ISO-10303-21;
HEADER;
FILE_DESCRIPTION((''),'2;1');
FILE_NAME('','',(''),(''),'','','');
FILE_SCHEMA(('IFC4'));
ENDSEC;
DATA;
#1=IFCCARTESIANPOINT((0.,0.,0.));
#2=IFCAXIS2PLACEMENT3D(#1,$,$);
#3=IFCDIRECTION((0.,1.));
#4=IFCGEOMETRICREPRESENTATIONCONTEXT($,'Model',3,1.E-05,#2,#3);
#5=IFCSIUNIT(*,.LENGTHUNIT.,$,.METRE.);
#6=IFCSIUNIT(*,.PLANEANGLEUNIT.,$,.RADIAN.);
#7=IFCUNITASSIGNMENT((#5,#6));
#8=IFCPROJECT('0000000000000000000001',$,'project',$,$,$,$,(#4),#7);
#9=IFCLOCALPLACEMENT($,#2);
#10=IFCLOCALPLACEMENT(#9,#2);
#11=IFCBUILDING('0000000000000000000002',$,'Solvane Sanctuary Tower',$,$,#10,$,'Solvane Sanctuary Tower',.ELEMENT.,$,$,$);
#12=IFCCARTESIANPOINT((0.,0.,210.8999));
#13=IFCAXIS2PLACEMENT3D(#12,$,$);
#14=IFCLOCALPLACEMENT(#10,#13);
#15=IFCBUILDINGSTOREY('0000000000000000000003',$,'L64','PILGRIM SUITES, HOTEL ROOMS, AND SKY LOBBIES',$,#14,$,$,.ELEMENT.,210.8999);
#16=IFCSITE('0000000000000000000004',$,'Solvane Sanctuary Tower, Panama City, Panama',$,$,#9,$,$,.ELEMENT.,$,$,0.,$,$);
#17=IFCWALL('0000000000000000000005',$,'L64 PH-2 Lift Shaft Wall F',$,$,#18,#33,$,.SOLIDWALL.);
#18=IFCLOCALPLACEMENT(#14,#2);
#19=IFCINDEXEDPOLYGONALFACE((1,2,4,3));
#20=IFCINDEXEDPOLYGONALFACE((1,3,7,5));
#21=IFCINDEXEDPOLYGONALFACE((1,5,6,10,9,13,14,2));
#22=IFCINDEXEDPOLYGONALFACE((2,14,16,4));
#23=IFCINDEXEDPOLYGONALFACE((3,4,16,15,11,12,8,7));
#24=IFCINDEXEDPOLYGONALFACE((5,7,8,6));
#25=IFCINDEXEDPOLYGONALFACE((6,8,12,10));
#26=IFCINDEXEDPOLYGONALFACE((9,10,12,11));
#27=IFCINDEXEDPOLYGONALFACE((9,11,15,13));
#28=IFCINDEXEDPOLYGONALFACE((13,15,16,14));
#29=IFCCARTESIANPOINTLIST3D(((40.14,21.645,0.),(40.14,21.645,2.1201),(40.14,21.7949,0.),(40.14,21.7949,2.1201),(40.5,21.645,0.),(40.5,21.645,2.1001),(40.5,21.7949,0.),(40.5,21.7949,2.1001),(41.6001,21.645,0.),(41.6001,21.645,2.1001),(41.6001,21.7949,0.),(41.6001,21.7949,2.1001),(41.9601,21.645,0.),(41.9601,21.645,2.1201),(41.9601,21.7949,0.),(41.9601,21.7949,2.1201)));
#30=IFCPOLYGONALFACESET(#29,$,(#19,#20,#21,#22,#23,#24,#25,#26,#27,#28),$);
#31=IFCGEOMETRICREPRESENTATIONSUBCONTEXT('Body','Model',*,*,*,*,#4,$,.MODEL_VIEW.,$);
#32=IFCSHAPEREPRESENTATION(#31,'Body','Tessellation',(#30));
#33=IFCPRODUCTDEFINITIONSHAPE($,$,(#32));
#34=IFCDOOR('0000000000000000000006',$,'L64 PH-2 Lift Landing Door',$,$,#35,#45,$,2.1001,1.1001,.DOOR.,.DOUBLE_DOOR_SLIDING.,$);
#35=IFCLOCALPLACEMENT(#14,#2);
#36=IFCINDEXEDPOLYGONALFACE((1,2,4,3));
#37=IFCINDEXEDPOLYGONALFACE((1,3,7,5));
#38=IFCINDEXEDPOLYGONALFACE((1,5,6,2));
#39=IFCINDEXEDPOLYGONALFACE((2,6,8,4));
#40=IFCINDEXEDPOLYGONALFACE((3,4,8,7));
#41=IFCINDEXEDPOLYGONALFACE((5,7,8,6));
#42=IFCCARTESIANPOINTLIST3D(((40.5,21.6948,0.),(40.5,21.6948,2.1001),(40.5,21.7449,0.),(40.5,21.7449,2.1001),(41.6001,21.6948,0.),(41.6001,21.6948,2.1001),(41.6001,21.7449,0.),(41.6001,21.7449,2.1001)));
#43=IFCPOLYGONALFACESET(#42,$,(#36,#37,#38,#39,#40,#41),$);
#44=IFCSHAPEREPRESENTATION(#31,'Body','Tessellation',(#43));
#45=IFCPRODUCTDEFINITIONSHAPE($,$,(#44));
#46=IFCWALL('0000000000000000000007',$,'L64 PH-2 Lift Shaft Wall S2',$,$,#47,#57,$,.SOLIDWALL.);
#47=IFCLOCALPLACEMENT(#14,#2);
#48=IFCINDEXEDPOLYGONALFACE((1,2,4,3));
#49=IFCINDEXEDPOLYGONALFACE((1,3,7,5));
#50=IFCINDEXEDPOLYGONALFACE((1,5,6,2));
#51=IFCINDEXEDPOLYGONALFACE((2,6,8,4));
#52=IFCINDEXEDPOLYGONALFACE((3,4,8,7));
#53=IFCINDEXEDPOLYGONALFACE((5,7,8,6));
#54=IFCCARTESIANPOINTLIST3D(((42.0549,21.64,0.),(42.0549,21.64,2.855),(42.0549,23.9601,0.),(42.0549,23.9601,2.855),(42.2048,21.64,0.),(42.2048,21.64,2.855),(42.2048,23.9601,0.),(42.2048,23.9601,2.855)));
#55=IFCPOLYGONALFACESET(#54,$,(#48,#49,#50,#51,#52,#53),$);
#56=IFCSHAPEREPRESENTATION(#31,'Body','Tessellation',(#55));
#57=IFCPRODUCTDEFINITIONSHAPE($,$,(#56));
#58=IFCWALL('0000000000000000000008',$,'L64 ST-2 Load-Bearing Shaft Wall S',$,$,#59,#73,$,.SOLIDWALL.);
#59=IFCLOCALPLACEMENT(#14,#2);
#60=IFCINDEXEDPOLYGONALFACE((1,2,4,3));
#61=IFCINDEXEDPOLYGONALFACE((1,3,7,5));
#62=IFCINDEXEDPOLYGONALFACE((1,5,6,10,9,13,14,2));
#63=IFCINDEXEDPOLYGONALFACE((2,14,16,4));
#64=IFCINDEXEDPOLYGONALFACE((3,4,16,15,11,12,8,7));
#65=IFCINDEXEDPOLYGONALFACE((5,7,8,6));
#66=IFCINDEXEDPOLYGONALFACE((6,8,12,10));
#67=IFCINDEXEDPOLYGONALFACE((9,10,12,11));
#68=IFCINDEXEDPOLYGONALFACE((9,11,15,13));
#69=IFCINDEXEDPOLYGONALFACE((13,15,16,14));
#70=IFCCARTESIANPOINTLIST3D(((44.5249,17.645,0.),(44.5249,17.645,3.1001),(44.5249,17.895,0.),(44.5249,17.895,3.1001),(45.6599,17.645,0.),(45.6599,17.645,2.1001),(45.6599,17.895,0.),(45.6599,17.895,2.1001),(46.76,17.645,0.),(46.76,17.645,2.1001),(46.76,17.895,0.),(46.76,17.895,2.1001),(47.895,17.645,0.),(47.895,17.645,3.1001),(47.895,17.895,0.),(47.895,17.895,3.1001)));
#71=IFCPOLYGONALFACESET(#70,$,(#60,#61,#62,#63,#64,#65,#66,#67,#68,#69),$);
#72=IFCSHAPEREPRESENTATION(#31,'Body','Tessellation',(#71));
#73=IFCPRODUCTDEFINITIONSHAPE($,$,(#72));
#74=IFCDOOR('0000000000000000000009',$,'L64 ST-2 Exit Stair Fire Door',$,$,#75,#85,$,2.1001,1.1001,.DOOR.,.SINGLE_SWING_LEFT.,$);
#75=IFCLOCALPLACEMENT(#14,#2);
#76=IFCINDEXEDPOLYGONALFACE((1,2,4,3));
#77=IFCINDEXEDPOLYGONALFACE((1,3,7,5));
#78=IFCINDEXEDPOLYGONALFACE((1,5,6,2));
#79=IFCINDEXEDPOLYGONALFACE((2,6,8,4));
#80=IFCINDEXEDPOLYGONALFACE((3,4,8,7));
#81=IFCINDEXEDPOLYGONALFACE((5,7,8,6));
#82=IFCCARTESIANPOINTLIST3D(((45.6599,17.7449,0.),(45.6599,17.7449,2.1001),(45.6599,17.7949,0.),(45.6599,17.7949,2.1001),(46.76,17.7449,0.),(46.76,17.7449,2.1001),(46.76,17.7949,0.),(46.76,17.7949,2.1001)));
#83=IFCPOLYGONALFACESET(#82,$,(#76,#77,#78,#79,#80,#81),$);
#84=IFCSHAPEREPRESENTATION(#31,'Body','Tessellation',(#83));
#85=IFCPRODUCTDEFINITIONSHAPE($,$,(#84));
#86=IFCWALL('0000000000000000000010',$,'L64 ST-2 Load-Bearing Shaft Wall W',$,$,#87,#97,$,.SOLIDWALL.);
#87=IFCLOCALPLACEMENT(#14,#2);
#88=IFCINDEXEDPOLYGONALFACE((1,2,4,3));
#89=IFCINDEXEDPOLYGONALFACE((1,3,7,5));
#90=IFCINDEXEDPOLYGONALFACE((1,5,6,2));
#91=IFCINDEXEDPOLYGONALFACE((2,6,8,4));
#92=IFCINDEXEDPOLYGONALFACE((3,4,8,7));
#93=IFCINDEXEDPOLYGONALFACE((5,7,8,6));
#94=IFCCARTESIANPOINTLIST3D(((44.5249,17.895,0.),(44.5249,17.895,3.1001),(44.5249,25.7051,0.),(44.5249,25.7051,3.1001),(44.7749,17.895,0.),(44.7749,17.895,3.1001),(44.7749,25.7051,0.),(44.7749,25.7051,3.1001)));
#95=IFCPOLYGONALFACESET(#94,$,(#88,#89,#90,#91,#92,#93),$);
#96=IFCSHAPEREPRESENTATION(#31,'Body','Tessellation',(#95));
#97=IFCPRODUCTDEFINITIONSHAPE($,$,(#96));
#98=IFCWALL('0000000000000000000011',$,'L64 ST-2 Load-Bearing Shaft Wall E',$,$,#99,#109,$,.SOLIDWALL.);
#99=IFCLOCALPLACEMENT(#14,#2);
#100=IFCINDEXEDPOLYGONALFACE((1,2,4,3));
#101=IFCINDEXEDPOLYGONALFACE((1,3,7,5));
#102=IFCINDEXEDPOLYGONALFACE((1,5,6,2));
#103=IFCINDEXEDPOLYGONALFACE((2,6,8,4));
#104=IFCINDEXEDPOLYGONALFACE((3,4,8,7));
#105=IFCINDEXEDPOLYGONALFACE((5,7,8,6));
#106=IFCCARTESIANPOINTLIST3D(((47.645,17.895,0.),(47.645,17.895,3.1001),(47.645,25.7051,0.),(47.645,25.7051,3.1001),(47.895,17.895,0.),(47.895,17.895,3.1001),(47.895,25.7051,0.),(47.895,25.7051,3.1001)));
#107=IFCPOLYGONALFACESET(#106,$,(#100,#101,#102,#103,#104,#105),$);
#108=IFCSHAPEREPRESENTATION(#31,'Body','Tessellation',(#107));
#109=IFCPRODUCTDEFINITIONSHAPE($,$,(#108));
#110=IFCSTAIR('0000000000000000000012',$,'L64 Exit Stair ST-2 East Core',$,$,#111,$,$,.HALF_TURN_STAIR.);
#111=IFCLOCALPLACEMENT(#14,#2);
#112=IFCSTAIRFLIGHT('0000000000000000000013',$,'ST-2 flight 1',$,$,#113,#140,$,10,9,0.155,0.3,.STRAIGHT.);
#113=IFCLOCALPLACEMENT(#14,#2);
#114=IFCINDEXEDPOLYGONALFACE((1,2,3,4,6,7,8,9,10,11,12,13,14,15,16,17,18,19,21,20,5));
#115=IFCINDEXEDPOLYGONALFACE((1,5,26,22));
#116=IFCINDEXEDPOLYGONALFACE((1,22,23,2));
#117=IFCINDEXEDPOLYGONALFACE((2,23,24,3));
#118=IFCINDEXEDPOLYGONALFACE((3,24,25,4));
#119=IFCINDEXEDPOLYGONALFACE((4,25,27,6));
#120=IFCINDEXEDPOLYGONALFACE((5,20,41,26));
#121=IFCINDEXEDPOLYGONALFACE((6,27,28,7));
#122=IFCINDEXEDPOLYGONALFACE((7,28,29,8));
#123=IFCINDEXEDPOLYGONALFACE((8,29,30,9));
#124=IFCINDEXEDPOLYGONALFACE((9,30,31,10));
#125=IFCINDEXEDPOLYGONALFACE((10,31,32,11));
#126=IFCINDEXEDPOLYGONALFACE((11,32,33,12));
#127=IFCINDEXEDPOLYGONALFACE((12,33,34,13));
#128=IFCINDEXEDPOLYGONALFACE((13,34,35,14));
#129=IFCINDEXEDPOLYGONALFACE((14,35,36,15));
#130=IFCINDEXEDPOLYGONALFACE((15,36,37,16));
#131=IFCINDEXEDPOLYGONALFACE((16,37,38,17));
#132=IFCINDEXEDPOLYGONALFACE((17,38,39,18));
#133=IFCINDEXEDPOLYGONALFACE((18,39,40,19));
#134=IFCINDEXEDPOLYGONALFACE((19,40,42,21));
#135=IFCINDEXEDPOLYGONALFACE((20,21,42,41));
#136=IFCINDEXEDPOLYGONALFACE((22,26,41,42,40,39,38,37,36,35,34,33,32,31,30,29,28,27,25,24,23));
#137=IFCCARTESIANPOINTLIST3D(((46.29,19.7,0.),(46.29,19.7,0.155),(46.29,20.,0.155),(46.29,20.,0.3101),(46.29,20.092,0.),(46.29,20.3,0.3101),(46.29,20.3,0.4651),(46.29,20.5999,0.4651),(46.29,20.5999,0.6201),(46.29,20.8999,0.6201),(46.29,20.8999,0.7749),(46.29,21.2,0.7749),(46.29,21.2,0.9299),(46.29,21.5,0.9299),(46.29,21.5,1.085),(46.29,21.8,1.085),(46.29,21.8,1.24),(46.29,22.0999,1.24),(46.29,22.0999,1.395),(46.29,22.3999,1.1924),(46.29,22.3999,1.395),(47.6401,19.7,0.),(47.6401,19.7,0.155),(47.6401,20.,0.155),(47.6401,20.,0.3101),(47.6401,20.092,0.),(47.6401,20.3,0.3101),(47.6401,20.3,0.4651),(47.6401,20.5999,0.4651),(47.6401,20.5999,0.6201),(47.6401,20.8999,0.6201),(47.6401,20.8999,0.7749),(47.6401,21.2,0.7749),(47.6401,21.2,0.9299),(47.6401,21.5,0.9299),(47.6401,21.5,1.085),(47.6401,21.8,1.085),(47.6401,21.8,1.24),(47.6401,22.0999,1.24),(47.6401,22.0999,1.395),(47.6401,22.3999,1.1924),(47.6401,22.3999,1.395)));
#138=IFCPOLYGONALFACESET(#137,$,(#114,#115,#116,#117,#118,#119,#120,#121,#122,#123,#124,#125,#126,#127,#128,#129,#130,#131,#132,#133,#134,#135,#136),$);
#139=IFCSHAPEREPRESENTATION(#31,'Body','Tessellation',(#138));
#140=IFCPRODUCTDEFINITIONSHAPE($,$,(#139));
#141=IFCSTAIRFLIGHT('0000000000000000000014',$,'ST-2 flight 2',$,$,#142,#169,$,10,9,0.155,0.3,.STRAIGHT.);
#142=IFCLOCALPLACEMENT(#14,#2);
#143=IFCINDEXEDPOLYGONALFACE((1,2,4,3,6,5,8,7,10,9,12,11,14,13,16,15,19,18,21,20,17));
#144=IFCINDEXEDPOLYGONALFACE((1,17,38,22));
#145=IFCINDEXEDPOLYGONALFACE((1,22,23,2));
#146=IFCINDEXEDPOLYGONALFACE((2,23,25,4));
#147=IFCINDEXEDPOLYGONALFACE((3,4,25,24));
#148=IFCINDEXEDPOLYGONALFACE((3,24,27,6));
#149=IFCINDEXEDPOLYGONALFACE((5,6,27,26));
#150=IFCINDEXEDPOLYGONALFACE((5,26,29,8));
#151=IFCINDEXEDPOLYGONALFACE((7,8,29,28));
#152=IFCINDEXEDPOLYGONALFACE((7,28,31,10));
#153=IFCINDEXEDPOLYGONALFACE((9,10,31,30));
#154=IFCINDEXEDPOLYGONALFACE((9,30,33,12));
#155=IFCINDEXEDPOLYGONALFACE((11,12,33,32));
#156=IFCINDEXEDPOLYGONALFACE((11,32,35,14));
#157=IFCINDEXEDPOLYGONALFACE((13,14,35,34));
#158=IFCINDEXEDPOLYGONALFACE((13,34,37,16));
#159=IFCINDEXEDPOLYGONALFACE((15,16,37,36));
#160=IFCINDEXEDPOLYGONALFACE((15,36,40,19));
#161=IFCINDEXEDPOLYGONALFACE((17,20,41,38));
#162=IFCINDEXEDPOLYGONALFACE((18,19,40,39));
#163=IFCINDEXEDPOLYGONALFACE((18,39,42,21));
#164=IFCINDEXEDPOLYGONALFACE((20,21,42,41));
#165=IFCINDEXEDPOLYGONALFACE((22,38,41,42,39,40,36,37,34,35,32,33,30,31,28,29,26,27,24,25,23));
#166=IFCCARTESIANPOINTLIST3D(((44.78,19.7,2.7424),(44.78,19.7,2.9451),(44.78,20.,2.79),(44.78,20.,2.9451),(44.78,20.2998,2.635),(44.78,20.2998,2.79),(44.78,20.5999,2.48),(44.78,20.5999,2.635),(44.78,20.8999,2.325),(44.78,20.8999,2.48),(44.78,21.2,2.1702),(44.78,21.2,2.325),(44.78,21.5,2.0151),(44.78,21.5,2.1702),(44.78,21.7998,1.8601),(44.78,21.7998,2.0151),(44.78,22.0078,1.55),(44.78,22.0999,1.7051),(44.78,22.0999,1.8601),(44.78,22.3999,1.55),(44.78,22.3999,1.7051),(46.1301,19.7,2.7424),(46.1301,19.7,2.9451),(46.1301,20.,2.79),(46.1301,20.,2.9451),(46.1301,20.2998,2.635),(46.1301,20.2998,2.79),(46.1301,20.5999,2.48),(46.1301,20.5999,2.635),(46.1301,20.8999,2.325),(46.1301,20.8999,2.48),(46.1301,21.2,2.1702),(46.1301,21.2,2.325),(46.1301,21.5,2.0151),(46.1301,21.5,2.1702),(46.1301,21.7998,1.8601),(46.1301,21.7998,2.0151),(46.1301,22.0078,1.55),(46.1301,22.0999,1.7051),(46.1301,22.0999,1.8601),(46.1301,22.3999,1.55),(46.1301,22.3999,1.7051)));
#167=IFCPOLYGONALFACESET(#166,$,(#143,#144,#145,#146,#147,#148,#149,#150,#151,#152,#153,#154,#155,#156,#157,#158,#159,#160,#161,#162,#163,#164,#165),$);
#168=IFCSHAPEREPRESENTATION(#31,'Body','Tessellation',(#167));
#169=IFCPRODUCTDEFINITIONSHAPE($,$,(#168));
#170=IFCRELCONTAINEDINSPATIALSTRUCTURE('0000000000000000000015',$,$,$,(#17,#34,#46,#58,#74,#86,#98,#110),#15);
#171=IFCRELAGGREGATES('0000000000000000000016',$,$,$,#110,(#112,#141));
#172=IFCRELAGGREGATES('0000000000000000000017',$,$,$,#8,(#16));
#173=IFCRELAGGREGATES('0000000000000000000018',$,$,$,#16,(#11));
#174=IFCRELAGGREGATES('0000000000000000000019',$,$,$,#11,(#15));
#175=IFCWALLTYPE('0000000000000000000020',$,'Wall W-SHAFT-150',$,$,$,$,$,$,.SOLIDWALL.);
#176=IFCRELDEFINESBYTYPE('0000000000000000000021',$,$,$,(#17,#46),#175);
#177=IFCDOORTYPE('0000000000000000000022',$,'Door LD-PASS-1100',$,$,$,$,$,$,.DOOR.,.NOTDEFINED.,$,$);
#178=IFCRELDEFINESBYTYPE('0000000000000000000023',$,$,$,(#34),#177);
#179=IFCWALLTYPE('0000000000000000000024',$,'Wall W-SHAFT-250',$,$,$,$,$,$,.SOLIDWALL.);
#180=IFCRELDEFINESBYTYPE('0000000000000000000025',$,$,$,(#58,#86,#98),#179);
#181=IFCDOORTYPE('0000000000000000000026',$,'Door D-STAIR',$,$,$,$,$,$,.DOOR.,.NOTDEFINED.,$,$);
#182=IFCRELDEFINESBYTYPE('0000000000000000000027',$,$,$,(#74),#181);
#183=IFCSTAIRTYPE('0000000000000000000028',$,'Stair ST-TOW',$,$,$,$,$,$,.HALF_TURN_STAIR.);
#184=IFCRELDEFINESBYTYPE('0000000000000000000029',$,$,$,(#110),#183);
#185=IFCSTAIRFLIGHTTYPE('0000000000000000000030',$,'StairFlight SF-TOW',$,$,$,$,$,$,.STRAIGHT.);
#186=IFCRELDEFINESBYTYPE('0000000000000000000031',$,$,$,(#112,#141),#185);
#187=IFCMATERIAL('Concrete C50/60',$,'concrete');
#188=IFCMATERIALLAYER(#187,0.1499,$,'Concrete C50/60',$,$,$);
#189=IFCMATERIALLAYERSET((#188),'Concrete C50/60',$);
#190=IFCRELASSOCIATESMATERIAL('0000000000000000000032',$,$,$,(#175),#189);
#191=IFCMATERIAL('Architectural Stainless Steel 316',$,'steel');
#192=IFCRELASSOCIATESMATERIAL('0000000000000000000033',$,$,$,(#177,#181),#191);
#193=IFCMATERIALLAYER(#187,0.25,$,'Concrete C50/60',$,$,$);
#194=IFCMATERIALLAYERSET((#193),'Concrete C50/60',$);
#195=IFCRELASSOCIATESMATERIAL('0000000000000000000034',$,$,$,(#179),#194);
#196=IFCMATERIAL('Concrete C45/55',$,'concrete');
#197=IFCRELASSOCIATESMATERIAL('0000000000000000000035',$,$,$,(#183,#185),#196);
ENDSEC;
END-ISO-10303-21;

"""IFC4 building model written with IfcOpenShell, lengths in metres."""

from ifc_helpers import new_model, si_unit, direction, frame, frame_2d, origin, place, context, subcontext, project, spatial, polyline, rectangle, outline, extrude, material, layer, layer_set, type_object, element, fill, aggregate, save


model = new_model("IFC4")

# Units and contexts
model_context = context("Model", 3, precision=1e-05, world=origin(), true_north=direction((0.0, 1.0)))
body_context = subcontext(model_context, "Body", "Model", "MODEL_VIEW")
ifc_project = project(units=[si_unit("LENGTHUNIT", "METRE"), si_unit("PLANEANGLEUNIT", "RADIAN")], contexts=[model_context])

# Site, building, storey
site_placement = place(None, origin())
site = spatial("IfcSite", under=ifc_project, at=site_placement, Name="Solvane Sanctuary Tower, Panama City, Panama", CompositionType="ELEMENT", RefElevation=0.0)
building_placement = place(site_placement, origin())
building = spatial("IfcBuilding", under=site, at=building_placement, Name="Solvane Sanctuary Tower", LongName="Solvane Sanctuary Tower", CompositionType="ELEMENT")
storey_placement = place(building_placement, frame((0.0, 0.0, 210.8999)))
storey = spatial("IfcBuildingStorey", under=building, at=storey_placement, Name="L64", Description="PILGRIM SUITES, HOTEL ROOMS, AND SKY LOBBIES", CompositionType="ELEMENT", Elevation=210.8999)

# Shared definitions
ifc_material_1 = material(Name="Architectural Stainless Steel 316", Category="steel")

# Wall, opening, door
ifc_material_2 = material(Name="Concrete C50/60", Category="concrete")
ifc_layer_1 = layer(ifc_material_2, 0.1499, Name="Concrete C50/60")
ifc_layer_set_1 = layer_set([ifc_layer_1], Name="Concrete C50/60")
wall_type_1 = type_object("IfcWallType", Name="Wall W-SHAFT-150", PredefinedType="SOLIDWALL", material=ifc_layer_set_1)
wall_1_placement = place(storey_placement, frame((40.1399, 21.72, 0.0), z_axis=(0.0, 0.0, 1.0), x_axis=(1.0, 0.0, 0.0)))
wall_1 = element("IfcWall", 1, at=wall_1_placement, inside=storey, type_object=wall_type_1, Name="L64 PH-2 Lift Shaft Wall F", PredefinedType="SOLIDWALL", context=body_context, shape_type="SweptSolid", body=[
    extrude(rectangle(XDim=1.8201, YDim=0.1499, at=frame_2d((0.9102, 0.0))), origin(), (0.0, 0.0, 1.0), 2.1201),
])
opening_1_placement = place(wall_1_placement, frame((0.3601, 0.0, 0.0)))
opening_1 = element("IfcOpeningElement", 2, at=opening_1_placement, cuts=wall_1, PredefinedType="OPENING", context=body_context, shape_type="SweptSolid", body=[
    extrude(rectangle(XDim=1.1001, YDim=2.1001, at=frame_2d((0.55, 1.05))), frame((0.0, 0.085, 0.0), z_axis=(0.0, -1.0, 0.0), x_axis=(1.0, 0.0, 0.0)), (0.0, 0.0, 1.0), 0.1699),
])
door_type_1 = type_object("IfcDoorType", Name="Door LD-PASS-1100", OperationType="NOTDEFINED", PredefinedType="DOOR", material=ifc_material_1)
door_1_placement = place(opening_1_placement, origin())
door_1 = element("IfcDoor", 3, at=door_1_placement, inside=storey, type_object=door_type_1, Name="L64 PH-2 Lift Landing Door", OperationType="DOUBLE_DOOR_SLIDING", OverallHeight=2.1001, OverallWidth=1.1001, PredefinedType="DOOR", context=body_context, shape_type="SweptSolid", body=[
    extrude(rectangle(XDim=1.1001, YDim=2.1001, at=frame_2d((0.55, 1.05))), frame((0.0, 0.0249, 0.0), z_axis=(0.0, -1.0, 0.0), x_axis=(1.0, 0.0, 0.0)), (0.0, 0.0, 1.0), 0.05),
])
fill(opening_1, door_1)

# Wall
wall_2_placement = place(storey_placement, frame((42.1299, 21.6399, 0.0), z_axis=(0.0, 0.0, 1.0), x_axis=(0.0, 1.0, 0.0)))
element("IfcWall", 4, at=wall_2_placement, inside=storey, type_object=wall_type_1, Name="L64 PH-2 Lift Shaft Wall S2", PredefinedType="SOLIDWALL", context=body_context, shape_type="SweptSolid", body=[
    extrude(rectangle(XDim=2.3201, YDim=0.1499, at=frame_2d((1.1602, 0.0))), origin(), (0.0, 0.0, 1.0), 2.855),
])

# Wall, opening, door
ifc_layer_2 = layer(ifc_material_2, 0.25, Name="Concrete C50/60")
ifc_layer_set_2 = layer_set([ifc_layer_2], Name="Concrete C50/60")
wall_type_2 = type_object("IfcWallType", Name="Wall W-SHAFT-250", PredefinedType="SOLIDWALL", material=ifc_layer_set_2)
wall_3_placement = place(storey_placement, frame((44.5249, 17.77, 0.0), z_axis=(0.0, 0.0, 1.0), x_axis=(1.0, 0.0, 0.0)))
wall_3 = element("IfcWall", 5, at=wall_3_placement, inside=storey, type_object=wall_type_2, Name="L64 ST-2 Load-Bearing Shaft Wall S", PredefinedType="SOLIDWALL", context=body_context, shape_type="SweptSolid", body=[
    extrude(rectangle(XDim=3.3701, YDim=0.25, at=frame_2d((1.6851, 0.0))), origin(), (0.0, 0.0, 1.0), 3.1001),
])
opening_2_placement = place(wall_3_placement, frame((1.135, 0.0, 0.0)))
opening_2 = element("IfcOpeningElement", 6, at=opening_2_placement, cuts=wall_3, PredefinedType="OPENING", context=body_context, shape_type="SweptSolid", body=[
    extrude(rectangle(XDim=1.1001, YDim=2.1001, at=frame_2d((0.55, 1.05))), frame((0.0, 0.135, 0.0), z_axis=(0.0, -1.0, 0.0), x_axis=(1.0, 0.0, 0.0)), (0.0, 0.0, 1.0), 0.27),
])
door_type_2 = type_object("IfcDoorType", Name="Door D-STAIR", OperationType="NOTDEFINED", PredefinedType="DOOR", material=ifc_material_1)
door_2_placement = place(opening_2_placement, origin())
door_2 = element("IfcDoor", 7, at=door_2_placement, inside=storey, type_object=door_type_2, Name="L64 ST-2 Exit Stair Fire Door", OperationType="SINGLE_SWING_LEFT", OverallHeight=2.1001, OverallWidth=1.1001, PredefinedType="DOOR", context=body_context, shape_type="SweptSolid", body=[
    extrude(rectangle(XDim=1.1001, YDim=2.1001, at=frame_2d((0.55, 1.05))), frame((0.0, 0.0249, 0.0), z_axis=(0.0, -1.0, 0.0), x_axis=(1.0, 0.0, 0.0)), (0.0, 0.0, 1.0), 0.05),
])
fill(opening_2, door_2)

# Walls
for number, where, z_axis, x_axis, name in (
    (8, (44.6499, 17.895, 0.0), (0.0, 0.0, 1.0), (0.0, 1.0, 0.0), "L64 ST-2 Load-Bearing Shaft Wall W"),
    (9, (47.77, 17.895, 0.0), (0.0, 0.0, 1.0), (0.0, 1.0, 0.0), "L64 ST-2 Load-Bearing Shaft Wall E"),
):
    element("IfcWall", number, at=place(storey_placement, frame(where, z_axis=z_axis, x_axis=x_axis)), inside=storey, type_object=wall_type_2, Name=name, PredefinedType="SOLIDWALL", context=body_context, shape_type="SweptSolid", body=[
        extrude(rectangle(XDim=7.8101, YDim=0.25, at=frame_2d((3.905, 0.0))), origin(), (0.0, 0.0, 1.0), 3.1001),
    ])

# Stair, stair flights
ifc_material_3 = material(Name="Concrete C45/55", Category="concrete")
stair_type = type_object("IfcStairType", Name="Stair ST-TOW", PredefinedType="HALF_TURN_STAIR", material=ifc_material_3)
stair_placement = place(storey_placement, origin())
stair = element("IfcStair", 10, at=stair_placement, inside=storey, type_object=stair_type, Name="L64 Exit Stair ST-2 East Core", PredefinedType="HALF_TURN_STAIR")
stair_flight_type = type_object("IfcStairFlightType", Name="StairFlight SF-TOW", PredefinedType="STRAIGHT", material=ifc_material_3)
stair_flight_1_placement = place(storey_placement, frame((46.9651, 19.7, 0.0), z_axis=(0.0, 0.0, 1.0), x_axis=(0.0, 1.0, 0.0)))
stair_flight_1 = element("IfcStairFlight", 11, at=stair_flight_1_placement, type_object=stair_flight_type, Name="ST-2 flight 1", NumberOfRisers=10, NumberOfTreads=9, PredefinedType="STRAIGHT", RiserHeight=0.155, TreadLength=0.3, context=body_context, shape_type="SweptSolid", body=[
    extrude(outline(polyline([(0.0, 0.0), (0.0, 0.155), (0.3, 0.155), (0.3, 0.3101), (0.6001, 0.3101), (0.6001, 0.4651), (0.8999, 0.4651), (0.8999, 0.6201), (1.2, 0.6201), (1.2, 0.7749), (1.5, 0.7749), (1.5, 0.9299), (1.8, 0.9299), (1.8, 1.085), (2.1001, 1.085), (2.1001, 1.24), (2.3999, 1.24), (2.3999, 1.395), (2.7, 1.395), (2.7, 1.55), (2.7, 1.1924), (0.3921, 0.0), (0.0, 0.0)])), frame((0.0, 0.675, 0.0), z_axis=(0.0, -1.0, 0.0), x_axis=(1.0, 0.0, 0.0)), (0.0, 0.0, 1.0), 1.3501),
])
stair_flight_2_placement = place(storey_placement, frame((45.4551, 22.3999, 1.55), z_axis=(0.0, 0.0, 1.0), x_axis=(0.0, -1.0, 0.0)))
stair_flight_2 = element("IfcStairFlight", 12, at=stair_flight_2_placement, type_object=stair_flight_type, Name="ST-2 flight 2", NumberOfRisers=10, NumberOfTreads=9, PredefinedType="STRAIGHT", RiserHeight=0.155, TreadLength=0.3, context=body_context, shape_type="SweptSolid", body=[
    extrude(outline(polyline([(0.0, 0.0), (0.0, 0.155), (0.3, 0.155), (0.3, 0.3101), (0.6001, 0.3101), (0.6001, 0.4651), (0.8999, 0.4651), (0.8999, 0.6201), (1.2, 0.6201), (1.2, 0.7749), (1.5, 0.7749), (1.5, 0.9299), (1.8, 0.9299), (1.8, 1.085), (2.1001, 1.085), (2.1001, 1.24), (2.3999, 1.24), (2.3999, 1.395), (2.7, 1.395), (2.7, 1.55), (2.7, 1.1924), (0.3921, 0.0), (0.0, 0.0)])), frame((0.0, 0.675, 0.0), z_axis=(0.0, -1.0, 0.0), x_axis=(1.0, 0.0, 0.0)), (0.0, 0.0, 1.0), 1.3501),
])
aggregate(stair, [stair_flight_1, stair_flight_2])

save(model, "model.ifc")
